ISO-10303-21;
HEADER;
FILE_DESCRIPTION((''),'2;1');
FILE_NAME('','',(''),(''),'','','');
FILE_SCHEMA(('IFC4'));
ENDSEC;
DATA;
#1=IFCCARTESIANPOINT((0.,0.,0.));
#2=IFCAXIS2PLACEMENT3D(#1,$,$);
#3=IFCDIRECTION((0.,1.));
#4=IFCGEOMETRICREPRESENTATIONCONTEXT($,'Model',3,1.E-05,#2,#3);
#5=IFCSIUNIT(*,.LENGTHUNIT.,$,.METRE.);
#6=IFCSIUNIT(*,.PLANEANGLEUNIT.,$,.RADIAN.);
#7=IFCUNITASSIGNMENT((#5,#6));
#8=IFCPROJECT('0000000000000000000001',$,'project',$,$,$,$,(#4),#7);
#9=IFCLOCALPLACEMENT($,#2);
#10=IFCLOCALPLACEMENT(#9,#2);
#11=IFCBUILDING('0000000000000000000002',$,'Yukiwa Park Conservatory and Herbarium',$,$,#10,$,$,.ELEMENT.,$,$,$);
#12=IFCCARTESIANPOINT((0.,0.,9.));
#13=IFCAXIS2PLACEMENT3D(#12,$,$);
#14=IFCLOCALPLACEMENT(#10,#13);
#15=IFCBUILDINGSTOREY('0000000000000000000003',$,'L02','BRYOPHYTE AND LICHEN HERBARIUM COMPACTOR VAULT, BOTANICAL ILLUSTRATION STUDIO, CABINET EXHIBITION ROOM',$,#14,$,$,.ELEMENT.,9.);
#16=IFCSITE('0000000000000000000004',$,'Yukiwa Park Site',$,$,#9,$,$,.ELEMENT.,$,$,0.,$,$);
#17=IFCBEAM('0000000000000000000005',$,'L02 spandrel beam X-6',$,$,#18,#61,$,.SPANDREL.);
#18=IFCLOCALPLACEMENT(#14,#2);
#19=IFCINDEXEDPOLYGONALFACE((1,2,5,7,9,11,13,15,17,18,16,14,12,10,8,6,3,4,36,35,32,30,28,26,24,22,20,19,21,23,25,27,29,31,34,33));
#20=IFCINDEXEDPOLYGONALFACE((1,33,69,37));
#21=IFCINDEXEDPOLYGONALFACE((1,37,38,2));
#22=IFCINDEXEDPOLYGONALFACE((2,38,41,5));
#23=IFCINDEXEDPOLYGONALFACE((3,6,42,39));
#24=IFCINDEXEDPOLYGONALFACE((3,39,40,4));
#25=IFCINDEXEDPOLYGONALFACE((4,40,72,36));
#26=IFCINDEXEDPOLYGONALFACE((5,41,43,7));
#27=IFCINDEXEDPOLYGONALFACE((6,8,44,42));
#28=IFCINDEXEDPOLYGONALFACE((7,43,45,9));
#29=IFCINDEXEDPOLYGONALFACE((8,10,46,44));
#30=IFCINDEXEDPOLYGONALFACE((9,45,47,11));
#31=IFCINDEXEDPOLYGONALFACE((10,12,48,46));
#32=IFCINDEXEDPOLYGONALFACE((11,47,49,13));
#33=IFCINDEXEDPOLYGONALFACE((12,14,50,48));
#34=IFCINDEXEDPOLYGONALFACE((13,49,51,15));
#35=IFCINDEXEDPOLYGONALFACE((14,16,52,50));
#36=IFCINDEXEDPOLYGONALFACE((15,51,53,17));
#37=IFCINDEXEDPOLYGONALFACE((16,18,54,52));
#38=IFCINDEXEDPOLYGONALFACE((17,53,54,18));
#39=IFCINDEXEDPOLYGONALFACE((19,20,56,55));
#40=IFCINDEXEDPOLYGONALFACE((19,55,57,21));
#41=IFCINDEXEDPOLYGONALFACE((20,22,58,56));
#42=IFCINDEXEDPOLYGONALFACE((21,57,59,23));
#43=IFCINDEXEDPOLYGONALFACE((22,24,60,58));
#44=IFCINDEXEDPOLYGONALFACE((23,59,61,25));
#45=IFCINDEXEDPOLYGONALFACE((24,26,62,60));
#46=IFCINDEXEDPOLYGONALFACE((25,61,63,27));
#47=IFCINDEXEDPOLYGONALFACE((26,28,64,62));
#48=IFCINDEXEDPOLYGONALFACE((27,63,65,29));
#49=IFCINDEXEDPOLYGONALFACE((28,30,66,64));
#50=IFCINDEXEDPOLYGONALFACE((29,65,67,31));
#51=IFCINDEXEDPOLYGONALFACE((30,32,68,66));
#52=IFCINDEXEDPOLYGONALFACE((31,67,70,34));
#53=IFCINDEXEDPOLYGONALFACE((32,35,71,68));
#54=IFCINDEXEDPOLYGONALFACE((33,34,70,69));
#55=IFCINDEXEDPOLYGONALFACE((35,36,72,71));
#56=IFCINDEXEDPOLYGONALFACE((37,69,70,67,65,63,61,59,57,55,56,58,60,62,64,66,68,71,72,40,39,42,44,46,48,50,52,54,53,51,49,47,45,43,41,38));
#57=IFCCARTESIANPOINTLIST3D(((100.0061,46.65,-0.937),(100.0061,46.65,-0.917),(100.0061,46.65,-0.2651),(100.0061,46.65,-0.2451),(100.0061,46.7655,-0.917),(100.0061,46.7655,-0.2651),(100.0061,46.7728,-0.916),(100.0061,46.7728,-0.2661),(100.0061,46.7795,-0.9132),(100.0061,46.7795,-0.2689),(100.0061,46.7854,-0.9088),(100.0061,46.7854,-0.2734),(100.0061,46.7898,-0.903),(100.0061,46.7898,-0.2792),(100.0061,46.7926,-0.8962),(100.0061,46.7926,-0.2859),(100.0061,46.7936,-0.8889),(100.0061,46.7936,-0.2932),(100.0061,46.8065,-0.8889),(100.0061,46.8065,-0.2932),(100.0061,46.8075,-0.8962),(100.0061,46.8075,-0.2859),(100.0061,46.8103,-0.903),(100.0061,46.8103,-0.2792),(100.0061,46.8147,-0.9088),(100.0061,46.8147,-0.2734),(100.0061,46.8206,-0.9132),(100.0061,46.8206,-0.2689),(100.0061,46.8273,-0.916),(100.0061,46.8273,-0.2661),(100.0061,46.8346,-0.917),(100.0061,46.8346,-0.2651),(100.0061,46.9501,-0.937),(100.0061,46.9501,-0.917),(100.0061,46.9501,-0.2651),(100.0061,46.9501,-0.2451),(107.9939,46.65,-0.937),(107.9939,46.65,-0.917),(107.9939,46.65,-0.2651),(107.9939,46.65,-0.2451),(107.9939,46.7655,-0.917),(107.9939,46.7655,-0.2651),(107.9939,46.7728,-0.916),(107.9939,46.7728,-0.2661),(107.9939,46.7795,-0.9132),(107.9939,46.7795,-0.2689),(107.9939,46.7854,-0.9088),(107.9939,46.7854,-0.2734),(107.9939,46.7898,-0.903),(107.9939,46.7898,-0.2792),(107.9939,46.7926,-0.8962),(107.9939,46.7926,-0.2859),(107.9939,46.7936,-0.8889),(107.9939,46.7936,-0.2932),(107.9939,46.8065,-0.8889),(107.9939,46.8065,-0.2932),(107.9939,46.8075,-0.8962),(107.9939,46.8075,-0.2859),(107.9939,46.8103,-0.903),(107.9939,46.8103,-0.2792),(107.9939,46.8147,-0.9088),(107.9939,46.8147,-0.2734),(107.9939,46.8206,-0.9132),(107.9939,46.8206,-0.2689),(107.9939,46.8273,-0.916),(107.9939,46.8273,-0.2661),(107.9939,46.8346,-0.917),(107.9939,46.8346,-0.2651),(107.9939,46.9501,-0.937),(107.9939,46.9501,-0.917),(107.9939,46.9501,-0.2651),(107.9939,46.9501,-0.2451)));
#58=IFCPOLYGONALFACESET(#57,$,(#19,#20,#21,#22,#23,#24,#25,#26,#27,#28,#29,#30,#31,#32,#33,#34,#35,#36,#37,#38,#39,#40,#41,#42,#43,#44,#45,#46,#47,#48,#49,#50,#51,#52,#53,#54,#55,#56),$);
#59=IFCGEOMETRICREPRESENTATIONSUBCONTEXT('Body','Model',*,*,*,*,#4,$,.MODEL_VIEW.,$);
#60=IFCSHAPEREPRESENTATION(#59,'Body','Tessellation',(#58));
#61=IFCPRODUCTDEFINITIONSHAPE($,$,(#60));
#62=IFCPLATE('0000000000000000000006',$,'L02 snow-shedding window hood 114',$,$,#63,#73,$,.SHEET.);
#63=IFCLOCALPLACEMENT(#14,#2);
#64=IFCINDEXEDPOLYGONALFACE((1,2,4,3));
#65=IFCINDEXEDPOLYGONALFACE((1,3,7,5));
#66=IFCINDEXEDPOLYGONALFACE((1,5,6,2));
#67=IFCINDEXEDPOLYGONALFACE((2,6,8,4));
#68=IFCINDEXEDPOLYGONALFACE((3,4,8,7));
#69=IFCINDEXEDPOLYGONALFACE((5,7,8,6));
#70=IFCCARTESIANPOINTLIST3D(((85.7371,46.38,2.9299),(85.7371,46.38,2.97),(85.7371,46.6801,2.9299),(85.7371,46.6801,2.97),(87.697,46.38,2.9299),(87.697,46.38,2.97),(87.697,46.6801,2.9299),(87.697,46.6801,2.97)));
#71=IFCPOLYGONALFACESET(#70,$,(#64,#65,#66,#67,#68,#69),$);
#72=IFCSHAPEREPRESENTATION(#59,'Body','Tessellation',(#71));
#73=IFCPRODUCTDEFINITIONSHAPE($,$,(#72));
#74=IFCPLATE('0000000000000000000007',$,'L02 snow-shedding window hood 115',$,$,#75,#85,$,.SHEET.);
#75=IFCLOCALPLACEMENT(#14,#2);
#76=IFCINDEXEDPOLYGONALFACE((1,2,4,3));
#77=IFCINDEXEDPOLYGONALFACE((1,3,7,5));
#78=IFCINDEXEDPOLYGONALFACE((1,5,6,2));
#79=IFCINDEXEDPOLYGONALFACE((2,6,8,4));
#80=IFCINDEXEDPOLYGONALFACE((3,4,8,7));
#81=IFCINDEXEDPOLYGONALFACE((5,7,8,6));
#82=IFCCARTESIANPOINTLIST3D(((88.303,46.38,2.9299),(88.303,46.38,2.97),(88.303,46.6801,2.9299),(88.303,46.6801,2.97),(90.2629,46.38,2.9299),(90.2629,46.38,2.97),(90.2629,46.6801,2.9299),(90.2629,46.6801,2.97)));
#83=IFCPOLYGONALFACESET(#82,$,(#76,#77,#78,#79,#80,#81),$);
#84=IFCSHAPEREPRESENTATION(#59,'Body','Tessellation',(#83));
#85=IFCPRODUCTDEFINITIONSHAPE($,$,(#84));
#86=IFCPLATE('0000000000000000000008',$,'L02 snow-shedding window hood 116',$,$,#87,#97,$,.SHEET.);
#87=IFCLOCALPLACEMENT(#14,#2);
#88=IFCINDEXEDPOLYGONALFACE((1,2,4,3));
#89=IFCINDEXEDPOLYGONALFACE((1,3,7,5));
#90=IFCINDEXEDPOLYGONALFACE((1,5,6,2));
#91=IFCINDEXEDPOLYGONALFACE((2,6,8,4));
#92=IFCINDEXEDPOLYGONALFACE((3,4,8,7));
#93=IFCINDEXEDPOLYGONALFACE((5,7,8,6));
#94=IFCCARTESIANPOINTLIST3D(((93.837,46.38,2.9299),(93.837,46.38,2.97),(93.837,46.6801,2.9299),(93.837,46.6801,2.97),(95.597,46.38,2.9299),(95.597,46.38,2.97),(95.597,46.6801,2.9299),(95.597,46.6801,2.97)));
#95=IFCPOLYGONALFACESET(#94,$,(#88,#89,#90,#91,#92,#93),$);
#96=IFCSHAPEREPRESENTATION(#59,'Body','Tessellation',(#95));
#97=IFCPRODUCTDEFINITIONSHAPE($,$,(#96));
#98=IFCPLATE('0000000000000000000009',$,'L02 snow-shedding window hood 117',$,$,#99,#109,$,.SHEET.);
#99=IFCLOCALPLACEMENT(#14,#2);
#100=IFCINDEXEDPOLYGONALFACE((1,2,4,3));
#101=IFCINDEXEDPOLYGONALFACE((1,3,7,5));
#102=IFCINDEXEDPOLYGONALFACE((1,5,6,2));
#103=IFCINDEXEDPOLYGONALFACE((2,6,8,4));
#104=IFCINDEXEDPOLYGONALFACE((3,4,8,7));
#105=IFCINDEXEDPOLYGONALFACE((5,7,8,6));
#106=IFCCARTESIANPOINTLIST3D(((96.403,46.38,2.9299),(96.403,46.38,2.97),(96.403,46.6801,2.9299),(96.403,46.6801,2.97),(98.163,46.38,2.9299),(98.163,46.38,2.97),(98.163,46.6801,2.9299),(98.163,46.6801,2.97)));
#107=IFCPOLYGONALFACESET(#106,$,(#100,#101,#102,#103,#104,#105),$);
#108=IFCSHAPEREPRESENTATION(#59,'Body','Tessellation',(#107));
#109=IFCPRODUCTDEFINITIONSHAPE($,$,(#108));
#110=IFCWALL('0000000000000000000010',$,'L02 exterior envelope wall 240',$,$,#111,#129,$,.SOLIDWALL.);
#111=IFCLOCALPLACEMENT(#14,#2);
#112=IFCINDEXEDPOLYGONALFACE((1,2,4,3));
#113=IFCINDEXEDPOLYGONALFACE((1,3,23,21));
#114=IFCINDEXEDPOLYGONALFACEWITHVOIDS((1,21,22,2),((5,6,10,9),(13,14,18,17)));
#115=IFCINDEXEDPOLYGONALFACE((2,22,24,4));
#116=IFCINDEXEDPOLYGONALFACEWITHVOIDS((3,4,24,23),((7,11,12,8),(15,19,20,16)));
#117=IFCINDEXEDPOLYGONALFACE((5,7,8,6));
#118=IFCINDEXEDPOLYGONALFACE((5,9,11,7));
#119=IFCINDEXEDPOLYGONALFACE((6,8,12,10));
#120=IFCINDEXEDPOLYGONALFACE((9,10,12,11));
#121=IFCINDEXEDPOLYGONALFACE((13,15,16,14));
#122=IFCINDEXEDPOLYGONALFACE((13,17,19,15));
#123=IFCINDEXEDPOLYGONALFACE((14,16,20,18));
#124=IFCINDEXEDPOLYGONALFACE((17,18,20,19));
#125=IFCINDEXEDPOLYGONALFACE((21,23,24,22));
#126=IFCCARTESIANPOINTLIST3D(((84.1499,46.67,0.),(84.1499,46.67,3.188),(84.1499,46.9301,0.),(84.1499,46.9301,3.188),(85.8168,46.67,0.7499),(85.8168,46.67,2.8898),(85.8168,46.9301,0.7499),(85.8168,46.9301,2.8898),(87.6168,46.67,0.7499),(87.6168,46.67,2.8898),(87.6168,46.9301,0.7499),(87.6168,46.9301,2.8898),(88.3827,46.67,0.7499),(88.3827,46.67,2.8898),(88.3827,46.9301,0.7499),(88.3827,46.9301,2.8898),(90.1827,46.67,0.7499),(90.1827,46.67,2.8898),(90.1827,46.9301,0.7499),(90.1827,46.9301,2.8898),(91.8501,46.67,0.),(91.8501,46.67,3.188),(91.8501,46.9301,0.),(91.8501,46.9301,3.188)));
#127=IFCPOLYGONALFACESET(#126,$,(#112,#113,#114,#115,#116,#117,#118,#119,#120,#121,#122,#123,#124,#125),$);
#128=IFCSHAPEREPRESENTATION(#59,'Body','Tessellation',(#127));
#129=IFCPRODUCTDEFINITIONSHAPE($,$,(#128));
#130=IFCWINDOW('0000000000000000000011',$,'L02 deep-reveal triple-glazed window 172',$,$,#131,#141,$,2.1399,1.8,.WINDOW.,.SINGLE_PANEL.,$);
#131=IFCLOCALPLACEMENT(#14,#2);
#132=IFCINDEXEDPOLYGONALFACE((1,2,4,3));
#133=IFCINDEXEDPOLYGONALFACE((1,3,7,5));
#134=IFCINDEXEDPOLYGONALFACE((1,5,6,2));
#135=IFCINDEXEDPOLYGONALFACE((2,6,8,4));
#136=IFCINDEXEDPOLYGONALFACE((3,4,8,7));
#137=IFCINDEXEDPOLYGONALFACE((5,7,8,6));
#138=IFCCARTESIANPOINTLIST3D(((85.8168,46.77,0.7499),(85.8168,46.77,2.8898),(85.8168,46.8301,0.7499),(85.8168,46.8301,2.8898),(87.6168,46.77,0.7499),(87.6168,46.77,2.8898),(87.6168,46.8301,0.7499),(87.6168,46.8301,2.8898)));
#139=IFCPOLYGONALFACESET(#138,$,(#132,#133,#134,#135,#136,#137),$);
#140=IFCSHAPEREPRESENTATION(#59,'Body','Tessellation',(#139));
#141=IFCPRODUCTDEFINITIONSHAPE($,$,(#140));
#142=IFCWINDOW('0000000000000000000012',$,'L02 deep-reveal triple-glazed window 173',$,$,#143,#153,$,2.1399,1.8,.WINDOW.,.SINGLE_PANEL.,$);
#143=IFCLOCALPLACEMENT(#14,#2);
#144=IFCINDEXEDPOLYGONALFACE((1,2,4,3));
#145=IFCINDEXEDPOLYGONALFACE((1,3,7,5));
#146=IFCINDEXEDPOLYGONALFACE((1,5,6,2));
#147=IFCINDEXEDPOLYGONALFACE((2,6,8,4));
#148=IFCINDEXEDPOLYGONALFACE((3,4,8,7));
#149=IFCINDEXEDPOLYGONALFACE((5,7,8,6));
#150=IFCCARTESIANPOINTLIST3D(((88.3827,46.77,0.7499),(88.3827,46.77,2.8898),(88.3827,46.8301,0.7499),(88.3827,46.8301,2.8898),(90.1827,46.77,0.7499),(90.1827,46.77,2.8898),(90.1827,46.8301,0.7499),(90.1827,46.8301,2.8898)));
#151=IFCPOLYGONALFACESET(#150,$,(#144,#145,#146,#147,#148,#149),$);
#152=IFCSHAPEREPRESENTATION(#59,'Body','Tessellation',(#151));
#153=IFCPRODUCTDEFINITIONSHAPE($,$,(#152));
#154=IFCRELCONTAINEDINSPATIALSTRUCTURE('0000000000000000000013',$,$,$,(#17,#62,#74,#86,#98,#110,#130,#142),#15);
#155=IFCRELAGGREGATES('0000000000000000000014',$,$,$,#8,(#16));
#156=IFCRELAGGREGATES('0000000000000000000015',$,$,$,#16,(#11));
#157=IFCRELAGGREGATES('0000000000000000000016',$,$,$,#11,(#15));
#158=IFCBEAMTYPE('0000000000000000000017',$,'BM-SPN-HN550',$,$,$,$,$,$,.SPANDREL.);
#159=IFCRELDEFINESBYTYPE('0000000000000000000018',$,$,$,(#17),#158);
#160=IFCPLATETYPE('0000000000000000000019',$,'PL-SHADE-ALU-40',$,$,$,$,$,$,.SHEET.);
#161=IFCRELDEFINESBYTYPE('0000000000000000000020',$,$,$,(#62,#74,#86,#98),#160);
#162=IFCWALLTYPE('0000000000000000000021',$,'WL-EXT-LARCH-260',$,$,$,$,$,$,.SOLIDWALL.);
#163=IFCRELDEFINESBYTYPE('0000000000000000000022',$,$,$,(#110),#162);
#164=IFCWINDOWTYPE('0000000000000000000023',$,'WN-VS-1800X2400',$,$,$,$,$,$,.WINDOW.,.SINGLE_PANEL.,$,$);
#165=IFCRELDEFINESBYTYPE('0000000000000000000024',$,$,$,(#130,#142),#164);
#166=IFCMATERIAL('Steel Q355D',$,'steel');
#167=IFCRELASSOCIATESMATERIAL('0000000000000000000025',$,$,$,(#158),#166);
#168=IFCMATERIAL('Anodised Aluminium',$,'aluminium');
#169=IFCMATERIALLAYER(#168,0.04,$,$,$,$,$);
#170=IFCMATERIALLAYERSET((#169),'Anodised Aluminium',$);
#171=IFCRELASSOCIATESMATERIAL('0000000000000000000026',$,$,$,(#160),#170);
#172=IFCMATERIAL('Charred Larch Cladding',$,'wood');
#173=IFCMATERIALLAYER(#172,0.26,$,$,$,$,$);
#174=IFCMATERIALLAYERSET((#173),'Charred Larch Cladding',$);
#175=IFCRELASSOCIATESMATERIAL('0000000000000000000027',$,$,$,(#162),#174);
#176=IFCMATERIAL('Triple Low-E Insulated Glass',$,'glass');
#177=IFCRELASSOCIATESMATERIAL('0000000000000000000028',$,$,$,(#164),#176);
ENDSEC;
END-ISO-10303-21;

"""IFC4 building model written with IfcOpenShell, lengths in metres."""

from ifc_helpers import new_model, si_unit, direction, frame, frame_2d, origin, origin_2d, place, context, subcontext, project, spatial, rectangle, i_section, extrude, material, layer, layer_set, material_profile, profile_set, type_object, element, fill, save


model = new_model("IFC4")

# Units and contexts
model_context = context("Model", 3, precision=1e-05, world=origin(), true_north=direction((0.0, 1.0)))
body_context = subcontext(model_context, "Body", "Model", "MODEL_VIEW")
ifc_project = project(units=[si_unit("LENGTHUNIT", "METRE"), si_unit("PLANEANGLEUNIT", "RADIAN")], contexts=[model_context])

# Site, building, storey
site_placement = place(None, origin())
site = spatial("IfcSite", under=ifc_project, at=site_placement, Name="Yukiwa Park Site", CompositionType="ELEMENT", RefElevation=0.0)
building_placement = place(site_placement, origin())
building = spatial("IfcBuilding", under=site, at=building_placement, Name="Yukiwa Park Conservatory and Herbarium", CompositionType="ELEMENT")
storey_placement = place(building_placement, frame((0.0, 0.0, 9.0)))
storey = spatial("IfcBuildingStorey", under=building, at=storey_placement, Name="L02", Description="BRYOPHYTE AND LICHEN HERBARIUM COMPACTOR VAULT, BOTANICAL ILLUSTRATION STUDIO, CABINET EXHIBITION ROOM", CompositionType="ELEMENT", Elevation=9.0)

# Beam
ifc_material_1 = material(Name="Steel Q355D", Category="steel")
ifc_material_profile_1 = material_profile(ifc_material_1, i_section(OverallWidth=0.3, OverallDepth=0.6919, WebThickness=0.0129, FlangeThickness=0.02, FilletRadius=0.0281, at=origin_2d()), Name="HN 692x300x13x20")
ifc_profile_set_1 = profile_set([ifc_material_profile_1], Name="Steel Q355D")
beam_type_1 = type_object("IfcBeamType", Name="BM-SPN-HN550", PredefinedType="SPANDREL", material=ifc_profile_set_1)
for number, where, z_axis, x_axis, name in (
    (1, (100.0061, 46.8, -0.5911), (1.0, 0.0, 0.0), (0.0, 1.0, 0.0), "L02 spandrel beam X-6"),
):
    element("IfcBeam", number, at=place(storey_placement, frame(where, z_axis=z_axis, x_axis=x_axis)), inside=storey, type_object=beam_type_1, Name=name, PredefinedType="SPANDREL", context=body_context, shape_type="SweptSolid", body=[
        extrude(i_section(OverallWidth=0.3, OverallDepth=0.6919, WebThickness=0.0129, FlangeThickness=0.02, FilletRadius=0.0281, at=origin_2d()), origin(), (0.0, 0.0, 1.0), 7.9878),
    ])

# Plates
ifc_material_2 = material(Name="Anodised Aluminium", Category="aluminium")
ifc_layer_1 = layer(ifc_material_2, 0.04)
ifc_layer_set_1 = layer_set([ifc_layer_1], Name="Anodised Aluminium")
plate_type = type_object("IfcPlateType", Name="PL-SHADE-ALU-40", PredefinedType="SHEET", material=ifc_layer_set_1)
for number, where, z_axis, x_axis, name in (
    (2, (86.717, 46.53, 2.9299), (0.0, 0.0, 1.0), (1.0, 0.0, 0.0), "L02 snow-shedding window hood 114"),
    (3, (89.283, 46.53, 2.9299), (0.0, 0.0, 1.0), (1.0, 0.0, 0.0), "L02 snow-shedding window hood 115"),
):
    element("IfcPlate", number, at=place(storey_placement, frame(where, z_axis=z_axis, x_axis=x_axis)), inside=storey, type_object=plate_type, Name=name, PredefinedType="SHEET", context=body_context, shape_type="SweptSolid", body=[
        extrude(rectangle(XDim=1.96, YDim=0.3, at=origin_2d()), origin(), (0.0, 0.0, 1.0), 0.04),
    ])
for number, where, z_axis, x_axis, name in (
    (4, (94.717, 46.53, 2.9299), (0.0, 0.0, 1.0), (1.0, 0.0, 0.0), "L02 snow-shedding window hood 116"),
    (5, (97.283, 46.53, 2.9299), (0.0, 0.0, 1.0), (1.0, 0.0, 0.0), "L02 snow-shedding window hood 117"),
):
    element("IfcPlate", number, at=place(storey_placement, frame(where, z_axis=z_axis, x_axis=x_axis)), inside=storey, type_object=plate_type, Name=name, PredefinedType="SHEET", context=body_context, shape_type="SweptSolid", body=[
        extrude(rectangle(XDim=1.76, YDim=0.3, at=origin_2d()), origin(), (0.0, 0.0, 1.0), 0.04),
    ])

# Wall, openings, windows
ifc_material_3 = material(Name="Charred Larch Cladding", Category="wood")
ifc_layer_2 = layer(ifc_material_3, 0.26)
ifc_layer_set_2 = layer_set([ifc_layer_2], Name="Charred Larch Cladding")
wall_type = type_object("IfcWallType", Name="WL-EXT-LARCH-260", PredefinedType="SOLIDWALL", material=ifc_layer_set_2)
wall_1_placement = place(storey_placement, frame((84.1499, 46.8, 0.0), z_axis=(0.0, 0.0, 1.0), x_axis=(1.0, 0.0, 0.0)))
wall_1 = element("IfcWall", 6, at=wall_1_placement, inside=storey, type_object=wall_type, Name="L02 exterior envelope wall 240", PredefinedType="SOLIDWALL", context=body_context, shape_type="SweptSolid", body=[
    extrude(rectangle(XDim=7.7002, YDim=0.26, at=frame_2d((3.8501, 0.0))), origin(), (0.0, 0.0, 1.0), 3.188),
])
opening_1_placement = place(wall_1_placement, frame((1.667, 0.0, 0.75)))
opening_1 = element("IfcOpeningElement", 7, at=opening_1_placement, cuts=wall_1, PredefinedType="OPENING", context=body_context, shape_type="SweptSolid", body=[
    extrude(rectangle(XDim=1.8, YDim=2.1399, at=frame_2d((0.8999, 1.0698))), frame((0.0, 0.1401, 0.0), z_axis=(0.0, -1.0, 0.0), x_axis=(1.0, 0.0, 0.0)), (0.0, 0.0, 1.0), 0.28),
])
opening_2_placement = place(wall_1_placement, frame((4.2329, 0.0, 0.75)))
opening_2 = element("IfcOpeningElement", 8, at=opening_2_placement, cuts=wall_1, PredefinedType="OPENING", context=body_context, shape_type="SweptSolid", body=[
    extrude(rectangle(XDim=1.8, YDim=2.1399, at=frame_2d((0.8999, 1.0698))), frame((0.0, 0.1401, 0.0), z_axis=(0.0, -1.0, 0.0), x_axis=(1.0, 0.0, 0.0)), (0.0, 0.0, 1.0), 0.28),
])
ifc_material_4 = material(Name="Triple Low-E Insulated Glass", Category="glass")
window_type_1 = type_object("IfcWindowType", Name="WN-VS-1800X2400", PartitioningType="SINGLE_PANEL", PredefinedType="WINDOW", material=ifc_material_4)
window_1_placement = place(opening_1_placement, origin())
window_1 = element("IfcWindow", 9, at=window_1_placement, inside=storey, type_object=window_type_1, Name="L02 deep-reveal triple-glazed window 172", OverallHeight=2.1399, OverallWidth=1.8, PartitioningType="SINGLE_PANEL", PredefinedType="WINDOW", context=body_context, shape_type="SweptSolid", body=[
    extrude(rectangle(XDim=1.8, YDim=2.1399, at=frame_2d((0.8999, 1.0698))), frame((0.0, 0.03, 0.0), z_axis=(0.0, -1.0, 0.0), x_axis=(1.0, 0.0, 0.0)), (0.0, 0.0, 1.0), 0.0601),
])
fill(opening_1, window_1)
window_2_placement = place(opening_2_placement, origin())
window_2 = element("IfcWindow", 10, at=window_2_placement, inside=storey, type_object=window_type_1, Name="L02 deep-reveal triple-glazed window 173", OverallHeight=2.1399, OverallWidth=1.8, PartitioningType="SINGLE_PANEL", PredefinedType="WINDOW", context=body_context, shape_type="SweptSolid", body=[
    extrude(rectangle(XDim=1.8, YDim=2.1399, at=frame_2d((0.8999, 1.0698))), frame((0.0, 0.03, 0.0), z_axis=(0.0, -1.0, 0.0), x_axis=(1.0, 0.0, 0.0)), (0.0, 0.0, 1.0), 0.0601),
])
fill(opening_2, window_2)

save(model, "model.ifc")
